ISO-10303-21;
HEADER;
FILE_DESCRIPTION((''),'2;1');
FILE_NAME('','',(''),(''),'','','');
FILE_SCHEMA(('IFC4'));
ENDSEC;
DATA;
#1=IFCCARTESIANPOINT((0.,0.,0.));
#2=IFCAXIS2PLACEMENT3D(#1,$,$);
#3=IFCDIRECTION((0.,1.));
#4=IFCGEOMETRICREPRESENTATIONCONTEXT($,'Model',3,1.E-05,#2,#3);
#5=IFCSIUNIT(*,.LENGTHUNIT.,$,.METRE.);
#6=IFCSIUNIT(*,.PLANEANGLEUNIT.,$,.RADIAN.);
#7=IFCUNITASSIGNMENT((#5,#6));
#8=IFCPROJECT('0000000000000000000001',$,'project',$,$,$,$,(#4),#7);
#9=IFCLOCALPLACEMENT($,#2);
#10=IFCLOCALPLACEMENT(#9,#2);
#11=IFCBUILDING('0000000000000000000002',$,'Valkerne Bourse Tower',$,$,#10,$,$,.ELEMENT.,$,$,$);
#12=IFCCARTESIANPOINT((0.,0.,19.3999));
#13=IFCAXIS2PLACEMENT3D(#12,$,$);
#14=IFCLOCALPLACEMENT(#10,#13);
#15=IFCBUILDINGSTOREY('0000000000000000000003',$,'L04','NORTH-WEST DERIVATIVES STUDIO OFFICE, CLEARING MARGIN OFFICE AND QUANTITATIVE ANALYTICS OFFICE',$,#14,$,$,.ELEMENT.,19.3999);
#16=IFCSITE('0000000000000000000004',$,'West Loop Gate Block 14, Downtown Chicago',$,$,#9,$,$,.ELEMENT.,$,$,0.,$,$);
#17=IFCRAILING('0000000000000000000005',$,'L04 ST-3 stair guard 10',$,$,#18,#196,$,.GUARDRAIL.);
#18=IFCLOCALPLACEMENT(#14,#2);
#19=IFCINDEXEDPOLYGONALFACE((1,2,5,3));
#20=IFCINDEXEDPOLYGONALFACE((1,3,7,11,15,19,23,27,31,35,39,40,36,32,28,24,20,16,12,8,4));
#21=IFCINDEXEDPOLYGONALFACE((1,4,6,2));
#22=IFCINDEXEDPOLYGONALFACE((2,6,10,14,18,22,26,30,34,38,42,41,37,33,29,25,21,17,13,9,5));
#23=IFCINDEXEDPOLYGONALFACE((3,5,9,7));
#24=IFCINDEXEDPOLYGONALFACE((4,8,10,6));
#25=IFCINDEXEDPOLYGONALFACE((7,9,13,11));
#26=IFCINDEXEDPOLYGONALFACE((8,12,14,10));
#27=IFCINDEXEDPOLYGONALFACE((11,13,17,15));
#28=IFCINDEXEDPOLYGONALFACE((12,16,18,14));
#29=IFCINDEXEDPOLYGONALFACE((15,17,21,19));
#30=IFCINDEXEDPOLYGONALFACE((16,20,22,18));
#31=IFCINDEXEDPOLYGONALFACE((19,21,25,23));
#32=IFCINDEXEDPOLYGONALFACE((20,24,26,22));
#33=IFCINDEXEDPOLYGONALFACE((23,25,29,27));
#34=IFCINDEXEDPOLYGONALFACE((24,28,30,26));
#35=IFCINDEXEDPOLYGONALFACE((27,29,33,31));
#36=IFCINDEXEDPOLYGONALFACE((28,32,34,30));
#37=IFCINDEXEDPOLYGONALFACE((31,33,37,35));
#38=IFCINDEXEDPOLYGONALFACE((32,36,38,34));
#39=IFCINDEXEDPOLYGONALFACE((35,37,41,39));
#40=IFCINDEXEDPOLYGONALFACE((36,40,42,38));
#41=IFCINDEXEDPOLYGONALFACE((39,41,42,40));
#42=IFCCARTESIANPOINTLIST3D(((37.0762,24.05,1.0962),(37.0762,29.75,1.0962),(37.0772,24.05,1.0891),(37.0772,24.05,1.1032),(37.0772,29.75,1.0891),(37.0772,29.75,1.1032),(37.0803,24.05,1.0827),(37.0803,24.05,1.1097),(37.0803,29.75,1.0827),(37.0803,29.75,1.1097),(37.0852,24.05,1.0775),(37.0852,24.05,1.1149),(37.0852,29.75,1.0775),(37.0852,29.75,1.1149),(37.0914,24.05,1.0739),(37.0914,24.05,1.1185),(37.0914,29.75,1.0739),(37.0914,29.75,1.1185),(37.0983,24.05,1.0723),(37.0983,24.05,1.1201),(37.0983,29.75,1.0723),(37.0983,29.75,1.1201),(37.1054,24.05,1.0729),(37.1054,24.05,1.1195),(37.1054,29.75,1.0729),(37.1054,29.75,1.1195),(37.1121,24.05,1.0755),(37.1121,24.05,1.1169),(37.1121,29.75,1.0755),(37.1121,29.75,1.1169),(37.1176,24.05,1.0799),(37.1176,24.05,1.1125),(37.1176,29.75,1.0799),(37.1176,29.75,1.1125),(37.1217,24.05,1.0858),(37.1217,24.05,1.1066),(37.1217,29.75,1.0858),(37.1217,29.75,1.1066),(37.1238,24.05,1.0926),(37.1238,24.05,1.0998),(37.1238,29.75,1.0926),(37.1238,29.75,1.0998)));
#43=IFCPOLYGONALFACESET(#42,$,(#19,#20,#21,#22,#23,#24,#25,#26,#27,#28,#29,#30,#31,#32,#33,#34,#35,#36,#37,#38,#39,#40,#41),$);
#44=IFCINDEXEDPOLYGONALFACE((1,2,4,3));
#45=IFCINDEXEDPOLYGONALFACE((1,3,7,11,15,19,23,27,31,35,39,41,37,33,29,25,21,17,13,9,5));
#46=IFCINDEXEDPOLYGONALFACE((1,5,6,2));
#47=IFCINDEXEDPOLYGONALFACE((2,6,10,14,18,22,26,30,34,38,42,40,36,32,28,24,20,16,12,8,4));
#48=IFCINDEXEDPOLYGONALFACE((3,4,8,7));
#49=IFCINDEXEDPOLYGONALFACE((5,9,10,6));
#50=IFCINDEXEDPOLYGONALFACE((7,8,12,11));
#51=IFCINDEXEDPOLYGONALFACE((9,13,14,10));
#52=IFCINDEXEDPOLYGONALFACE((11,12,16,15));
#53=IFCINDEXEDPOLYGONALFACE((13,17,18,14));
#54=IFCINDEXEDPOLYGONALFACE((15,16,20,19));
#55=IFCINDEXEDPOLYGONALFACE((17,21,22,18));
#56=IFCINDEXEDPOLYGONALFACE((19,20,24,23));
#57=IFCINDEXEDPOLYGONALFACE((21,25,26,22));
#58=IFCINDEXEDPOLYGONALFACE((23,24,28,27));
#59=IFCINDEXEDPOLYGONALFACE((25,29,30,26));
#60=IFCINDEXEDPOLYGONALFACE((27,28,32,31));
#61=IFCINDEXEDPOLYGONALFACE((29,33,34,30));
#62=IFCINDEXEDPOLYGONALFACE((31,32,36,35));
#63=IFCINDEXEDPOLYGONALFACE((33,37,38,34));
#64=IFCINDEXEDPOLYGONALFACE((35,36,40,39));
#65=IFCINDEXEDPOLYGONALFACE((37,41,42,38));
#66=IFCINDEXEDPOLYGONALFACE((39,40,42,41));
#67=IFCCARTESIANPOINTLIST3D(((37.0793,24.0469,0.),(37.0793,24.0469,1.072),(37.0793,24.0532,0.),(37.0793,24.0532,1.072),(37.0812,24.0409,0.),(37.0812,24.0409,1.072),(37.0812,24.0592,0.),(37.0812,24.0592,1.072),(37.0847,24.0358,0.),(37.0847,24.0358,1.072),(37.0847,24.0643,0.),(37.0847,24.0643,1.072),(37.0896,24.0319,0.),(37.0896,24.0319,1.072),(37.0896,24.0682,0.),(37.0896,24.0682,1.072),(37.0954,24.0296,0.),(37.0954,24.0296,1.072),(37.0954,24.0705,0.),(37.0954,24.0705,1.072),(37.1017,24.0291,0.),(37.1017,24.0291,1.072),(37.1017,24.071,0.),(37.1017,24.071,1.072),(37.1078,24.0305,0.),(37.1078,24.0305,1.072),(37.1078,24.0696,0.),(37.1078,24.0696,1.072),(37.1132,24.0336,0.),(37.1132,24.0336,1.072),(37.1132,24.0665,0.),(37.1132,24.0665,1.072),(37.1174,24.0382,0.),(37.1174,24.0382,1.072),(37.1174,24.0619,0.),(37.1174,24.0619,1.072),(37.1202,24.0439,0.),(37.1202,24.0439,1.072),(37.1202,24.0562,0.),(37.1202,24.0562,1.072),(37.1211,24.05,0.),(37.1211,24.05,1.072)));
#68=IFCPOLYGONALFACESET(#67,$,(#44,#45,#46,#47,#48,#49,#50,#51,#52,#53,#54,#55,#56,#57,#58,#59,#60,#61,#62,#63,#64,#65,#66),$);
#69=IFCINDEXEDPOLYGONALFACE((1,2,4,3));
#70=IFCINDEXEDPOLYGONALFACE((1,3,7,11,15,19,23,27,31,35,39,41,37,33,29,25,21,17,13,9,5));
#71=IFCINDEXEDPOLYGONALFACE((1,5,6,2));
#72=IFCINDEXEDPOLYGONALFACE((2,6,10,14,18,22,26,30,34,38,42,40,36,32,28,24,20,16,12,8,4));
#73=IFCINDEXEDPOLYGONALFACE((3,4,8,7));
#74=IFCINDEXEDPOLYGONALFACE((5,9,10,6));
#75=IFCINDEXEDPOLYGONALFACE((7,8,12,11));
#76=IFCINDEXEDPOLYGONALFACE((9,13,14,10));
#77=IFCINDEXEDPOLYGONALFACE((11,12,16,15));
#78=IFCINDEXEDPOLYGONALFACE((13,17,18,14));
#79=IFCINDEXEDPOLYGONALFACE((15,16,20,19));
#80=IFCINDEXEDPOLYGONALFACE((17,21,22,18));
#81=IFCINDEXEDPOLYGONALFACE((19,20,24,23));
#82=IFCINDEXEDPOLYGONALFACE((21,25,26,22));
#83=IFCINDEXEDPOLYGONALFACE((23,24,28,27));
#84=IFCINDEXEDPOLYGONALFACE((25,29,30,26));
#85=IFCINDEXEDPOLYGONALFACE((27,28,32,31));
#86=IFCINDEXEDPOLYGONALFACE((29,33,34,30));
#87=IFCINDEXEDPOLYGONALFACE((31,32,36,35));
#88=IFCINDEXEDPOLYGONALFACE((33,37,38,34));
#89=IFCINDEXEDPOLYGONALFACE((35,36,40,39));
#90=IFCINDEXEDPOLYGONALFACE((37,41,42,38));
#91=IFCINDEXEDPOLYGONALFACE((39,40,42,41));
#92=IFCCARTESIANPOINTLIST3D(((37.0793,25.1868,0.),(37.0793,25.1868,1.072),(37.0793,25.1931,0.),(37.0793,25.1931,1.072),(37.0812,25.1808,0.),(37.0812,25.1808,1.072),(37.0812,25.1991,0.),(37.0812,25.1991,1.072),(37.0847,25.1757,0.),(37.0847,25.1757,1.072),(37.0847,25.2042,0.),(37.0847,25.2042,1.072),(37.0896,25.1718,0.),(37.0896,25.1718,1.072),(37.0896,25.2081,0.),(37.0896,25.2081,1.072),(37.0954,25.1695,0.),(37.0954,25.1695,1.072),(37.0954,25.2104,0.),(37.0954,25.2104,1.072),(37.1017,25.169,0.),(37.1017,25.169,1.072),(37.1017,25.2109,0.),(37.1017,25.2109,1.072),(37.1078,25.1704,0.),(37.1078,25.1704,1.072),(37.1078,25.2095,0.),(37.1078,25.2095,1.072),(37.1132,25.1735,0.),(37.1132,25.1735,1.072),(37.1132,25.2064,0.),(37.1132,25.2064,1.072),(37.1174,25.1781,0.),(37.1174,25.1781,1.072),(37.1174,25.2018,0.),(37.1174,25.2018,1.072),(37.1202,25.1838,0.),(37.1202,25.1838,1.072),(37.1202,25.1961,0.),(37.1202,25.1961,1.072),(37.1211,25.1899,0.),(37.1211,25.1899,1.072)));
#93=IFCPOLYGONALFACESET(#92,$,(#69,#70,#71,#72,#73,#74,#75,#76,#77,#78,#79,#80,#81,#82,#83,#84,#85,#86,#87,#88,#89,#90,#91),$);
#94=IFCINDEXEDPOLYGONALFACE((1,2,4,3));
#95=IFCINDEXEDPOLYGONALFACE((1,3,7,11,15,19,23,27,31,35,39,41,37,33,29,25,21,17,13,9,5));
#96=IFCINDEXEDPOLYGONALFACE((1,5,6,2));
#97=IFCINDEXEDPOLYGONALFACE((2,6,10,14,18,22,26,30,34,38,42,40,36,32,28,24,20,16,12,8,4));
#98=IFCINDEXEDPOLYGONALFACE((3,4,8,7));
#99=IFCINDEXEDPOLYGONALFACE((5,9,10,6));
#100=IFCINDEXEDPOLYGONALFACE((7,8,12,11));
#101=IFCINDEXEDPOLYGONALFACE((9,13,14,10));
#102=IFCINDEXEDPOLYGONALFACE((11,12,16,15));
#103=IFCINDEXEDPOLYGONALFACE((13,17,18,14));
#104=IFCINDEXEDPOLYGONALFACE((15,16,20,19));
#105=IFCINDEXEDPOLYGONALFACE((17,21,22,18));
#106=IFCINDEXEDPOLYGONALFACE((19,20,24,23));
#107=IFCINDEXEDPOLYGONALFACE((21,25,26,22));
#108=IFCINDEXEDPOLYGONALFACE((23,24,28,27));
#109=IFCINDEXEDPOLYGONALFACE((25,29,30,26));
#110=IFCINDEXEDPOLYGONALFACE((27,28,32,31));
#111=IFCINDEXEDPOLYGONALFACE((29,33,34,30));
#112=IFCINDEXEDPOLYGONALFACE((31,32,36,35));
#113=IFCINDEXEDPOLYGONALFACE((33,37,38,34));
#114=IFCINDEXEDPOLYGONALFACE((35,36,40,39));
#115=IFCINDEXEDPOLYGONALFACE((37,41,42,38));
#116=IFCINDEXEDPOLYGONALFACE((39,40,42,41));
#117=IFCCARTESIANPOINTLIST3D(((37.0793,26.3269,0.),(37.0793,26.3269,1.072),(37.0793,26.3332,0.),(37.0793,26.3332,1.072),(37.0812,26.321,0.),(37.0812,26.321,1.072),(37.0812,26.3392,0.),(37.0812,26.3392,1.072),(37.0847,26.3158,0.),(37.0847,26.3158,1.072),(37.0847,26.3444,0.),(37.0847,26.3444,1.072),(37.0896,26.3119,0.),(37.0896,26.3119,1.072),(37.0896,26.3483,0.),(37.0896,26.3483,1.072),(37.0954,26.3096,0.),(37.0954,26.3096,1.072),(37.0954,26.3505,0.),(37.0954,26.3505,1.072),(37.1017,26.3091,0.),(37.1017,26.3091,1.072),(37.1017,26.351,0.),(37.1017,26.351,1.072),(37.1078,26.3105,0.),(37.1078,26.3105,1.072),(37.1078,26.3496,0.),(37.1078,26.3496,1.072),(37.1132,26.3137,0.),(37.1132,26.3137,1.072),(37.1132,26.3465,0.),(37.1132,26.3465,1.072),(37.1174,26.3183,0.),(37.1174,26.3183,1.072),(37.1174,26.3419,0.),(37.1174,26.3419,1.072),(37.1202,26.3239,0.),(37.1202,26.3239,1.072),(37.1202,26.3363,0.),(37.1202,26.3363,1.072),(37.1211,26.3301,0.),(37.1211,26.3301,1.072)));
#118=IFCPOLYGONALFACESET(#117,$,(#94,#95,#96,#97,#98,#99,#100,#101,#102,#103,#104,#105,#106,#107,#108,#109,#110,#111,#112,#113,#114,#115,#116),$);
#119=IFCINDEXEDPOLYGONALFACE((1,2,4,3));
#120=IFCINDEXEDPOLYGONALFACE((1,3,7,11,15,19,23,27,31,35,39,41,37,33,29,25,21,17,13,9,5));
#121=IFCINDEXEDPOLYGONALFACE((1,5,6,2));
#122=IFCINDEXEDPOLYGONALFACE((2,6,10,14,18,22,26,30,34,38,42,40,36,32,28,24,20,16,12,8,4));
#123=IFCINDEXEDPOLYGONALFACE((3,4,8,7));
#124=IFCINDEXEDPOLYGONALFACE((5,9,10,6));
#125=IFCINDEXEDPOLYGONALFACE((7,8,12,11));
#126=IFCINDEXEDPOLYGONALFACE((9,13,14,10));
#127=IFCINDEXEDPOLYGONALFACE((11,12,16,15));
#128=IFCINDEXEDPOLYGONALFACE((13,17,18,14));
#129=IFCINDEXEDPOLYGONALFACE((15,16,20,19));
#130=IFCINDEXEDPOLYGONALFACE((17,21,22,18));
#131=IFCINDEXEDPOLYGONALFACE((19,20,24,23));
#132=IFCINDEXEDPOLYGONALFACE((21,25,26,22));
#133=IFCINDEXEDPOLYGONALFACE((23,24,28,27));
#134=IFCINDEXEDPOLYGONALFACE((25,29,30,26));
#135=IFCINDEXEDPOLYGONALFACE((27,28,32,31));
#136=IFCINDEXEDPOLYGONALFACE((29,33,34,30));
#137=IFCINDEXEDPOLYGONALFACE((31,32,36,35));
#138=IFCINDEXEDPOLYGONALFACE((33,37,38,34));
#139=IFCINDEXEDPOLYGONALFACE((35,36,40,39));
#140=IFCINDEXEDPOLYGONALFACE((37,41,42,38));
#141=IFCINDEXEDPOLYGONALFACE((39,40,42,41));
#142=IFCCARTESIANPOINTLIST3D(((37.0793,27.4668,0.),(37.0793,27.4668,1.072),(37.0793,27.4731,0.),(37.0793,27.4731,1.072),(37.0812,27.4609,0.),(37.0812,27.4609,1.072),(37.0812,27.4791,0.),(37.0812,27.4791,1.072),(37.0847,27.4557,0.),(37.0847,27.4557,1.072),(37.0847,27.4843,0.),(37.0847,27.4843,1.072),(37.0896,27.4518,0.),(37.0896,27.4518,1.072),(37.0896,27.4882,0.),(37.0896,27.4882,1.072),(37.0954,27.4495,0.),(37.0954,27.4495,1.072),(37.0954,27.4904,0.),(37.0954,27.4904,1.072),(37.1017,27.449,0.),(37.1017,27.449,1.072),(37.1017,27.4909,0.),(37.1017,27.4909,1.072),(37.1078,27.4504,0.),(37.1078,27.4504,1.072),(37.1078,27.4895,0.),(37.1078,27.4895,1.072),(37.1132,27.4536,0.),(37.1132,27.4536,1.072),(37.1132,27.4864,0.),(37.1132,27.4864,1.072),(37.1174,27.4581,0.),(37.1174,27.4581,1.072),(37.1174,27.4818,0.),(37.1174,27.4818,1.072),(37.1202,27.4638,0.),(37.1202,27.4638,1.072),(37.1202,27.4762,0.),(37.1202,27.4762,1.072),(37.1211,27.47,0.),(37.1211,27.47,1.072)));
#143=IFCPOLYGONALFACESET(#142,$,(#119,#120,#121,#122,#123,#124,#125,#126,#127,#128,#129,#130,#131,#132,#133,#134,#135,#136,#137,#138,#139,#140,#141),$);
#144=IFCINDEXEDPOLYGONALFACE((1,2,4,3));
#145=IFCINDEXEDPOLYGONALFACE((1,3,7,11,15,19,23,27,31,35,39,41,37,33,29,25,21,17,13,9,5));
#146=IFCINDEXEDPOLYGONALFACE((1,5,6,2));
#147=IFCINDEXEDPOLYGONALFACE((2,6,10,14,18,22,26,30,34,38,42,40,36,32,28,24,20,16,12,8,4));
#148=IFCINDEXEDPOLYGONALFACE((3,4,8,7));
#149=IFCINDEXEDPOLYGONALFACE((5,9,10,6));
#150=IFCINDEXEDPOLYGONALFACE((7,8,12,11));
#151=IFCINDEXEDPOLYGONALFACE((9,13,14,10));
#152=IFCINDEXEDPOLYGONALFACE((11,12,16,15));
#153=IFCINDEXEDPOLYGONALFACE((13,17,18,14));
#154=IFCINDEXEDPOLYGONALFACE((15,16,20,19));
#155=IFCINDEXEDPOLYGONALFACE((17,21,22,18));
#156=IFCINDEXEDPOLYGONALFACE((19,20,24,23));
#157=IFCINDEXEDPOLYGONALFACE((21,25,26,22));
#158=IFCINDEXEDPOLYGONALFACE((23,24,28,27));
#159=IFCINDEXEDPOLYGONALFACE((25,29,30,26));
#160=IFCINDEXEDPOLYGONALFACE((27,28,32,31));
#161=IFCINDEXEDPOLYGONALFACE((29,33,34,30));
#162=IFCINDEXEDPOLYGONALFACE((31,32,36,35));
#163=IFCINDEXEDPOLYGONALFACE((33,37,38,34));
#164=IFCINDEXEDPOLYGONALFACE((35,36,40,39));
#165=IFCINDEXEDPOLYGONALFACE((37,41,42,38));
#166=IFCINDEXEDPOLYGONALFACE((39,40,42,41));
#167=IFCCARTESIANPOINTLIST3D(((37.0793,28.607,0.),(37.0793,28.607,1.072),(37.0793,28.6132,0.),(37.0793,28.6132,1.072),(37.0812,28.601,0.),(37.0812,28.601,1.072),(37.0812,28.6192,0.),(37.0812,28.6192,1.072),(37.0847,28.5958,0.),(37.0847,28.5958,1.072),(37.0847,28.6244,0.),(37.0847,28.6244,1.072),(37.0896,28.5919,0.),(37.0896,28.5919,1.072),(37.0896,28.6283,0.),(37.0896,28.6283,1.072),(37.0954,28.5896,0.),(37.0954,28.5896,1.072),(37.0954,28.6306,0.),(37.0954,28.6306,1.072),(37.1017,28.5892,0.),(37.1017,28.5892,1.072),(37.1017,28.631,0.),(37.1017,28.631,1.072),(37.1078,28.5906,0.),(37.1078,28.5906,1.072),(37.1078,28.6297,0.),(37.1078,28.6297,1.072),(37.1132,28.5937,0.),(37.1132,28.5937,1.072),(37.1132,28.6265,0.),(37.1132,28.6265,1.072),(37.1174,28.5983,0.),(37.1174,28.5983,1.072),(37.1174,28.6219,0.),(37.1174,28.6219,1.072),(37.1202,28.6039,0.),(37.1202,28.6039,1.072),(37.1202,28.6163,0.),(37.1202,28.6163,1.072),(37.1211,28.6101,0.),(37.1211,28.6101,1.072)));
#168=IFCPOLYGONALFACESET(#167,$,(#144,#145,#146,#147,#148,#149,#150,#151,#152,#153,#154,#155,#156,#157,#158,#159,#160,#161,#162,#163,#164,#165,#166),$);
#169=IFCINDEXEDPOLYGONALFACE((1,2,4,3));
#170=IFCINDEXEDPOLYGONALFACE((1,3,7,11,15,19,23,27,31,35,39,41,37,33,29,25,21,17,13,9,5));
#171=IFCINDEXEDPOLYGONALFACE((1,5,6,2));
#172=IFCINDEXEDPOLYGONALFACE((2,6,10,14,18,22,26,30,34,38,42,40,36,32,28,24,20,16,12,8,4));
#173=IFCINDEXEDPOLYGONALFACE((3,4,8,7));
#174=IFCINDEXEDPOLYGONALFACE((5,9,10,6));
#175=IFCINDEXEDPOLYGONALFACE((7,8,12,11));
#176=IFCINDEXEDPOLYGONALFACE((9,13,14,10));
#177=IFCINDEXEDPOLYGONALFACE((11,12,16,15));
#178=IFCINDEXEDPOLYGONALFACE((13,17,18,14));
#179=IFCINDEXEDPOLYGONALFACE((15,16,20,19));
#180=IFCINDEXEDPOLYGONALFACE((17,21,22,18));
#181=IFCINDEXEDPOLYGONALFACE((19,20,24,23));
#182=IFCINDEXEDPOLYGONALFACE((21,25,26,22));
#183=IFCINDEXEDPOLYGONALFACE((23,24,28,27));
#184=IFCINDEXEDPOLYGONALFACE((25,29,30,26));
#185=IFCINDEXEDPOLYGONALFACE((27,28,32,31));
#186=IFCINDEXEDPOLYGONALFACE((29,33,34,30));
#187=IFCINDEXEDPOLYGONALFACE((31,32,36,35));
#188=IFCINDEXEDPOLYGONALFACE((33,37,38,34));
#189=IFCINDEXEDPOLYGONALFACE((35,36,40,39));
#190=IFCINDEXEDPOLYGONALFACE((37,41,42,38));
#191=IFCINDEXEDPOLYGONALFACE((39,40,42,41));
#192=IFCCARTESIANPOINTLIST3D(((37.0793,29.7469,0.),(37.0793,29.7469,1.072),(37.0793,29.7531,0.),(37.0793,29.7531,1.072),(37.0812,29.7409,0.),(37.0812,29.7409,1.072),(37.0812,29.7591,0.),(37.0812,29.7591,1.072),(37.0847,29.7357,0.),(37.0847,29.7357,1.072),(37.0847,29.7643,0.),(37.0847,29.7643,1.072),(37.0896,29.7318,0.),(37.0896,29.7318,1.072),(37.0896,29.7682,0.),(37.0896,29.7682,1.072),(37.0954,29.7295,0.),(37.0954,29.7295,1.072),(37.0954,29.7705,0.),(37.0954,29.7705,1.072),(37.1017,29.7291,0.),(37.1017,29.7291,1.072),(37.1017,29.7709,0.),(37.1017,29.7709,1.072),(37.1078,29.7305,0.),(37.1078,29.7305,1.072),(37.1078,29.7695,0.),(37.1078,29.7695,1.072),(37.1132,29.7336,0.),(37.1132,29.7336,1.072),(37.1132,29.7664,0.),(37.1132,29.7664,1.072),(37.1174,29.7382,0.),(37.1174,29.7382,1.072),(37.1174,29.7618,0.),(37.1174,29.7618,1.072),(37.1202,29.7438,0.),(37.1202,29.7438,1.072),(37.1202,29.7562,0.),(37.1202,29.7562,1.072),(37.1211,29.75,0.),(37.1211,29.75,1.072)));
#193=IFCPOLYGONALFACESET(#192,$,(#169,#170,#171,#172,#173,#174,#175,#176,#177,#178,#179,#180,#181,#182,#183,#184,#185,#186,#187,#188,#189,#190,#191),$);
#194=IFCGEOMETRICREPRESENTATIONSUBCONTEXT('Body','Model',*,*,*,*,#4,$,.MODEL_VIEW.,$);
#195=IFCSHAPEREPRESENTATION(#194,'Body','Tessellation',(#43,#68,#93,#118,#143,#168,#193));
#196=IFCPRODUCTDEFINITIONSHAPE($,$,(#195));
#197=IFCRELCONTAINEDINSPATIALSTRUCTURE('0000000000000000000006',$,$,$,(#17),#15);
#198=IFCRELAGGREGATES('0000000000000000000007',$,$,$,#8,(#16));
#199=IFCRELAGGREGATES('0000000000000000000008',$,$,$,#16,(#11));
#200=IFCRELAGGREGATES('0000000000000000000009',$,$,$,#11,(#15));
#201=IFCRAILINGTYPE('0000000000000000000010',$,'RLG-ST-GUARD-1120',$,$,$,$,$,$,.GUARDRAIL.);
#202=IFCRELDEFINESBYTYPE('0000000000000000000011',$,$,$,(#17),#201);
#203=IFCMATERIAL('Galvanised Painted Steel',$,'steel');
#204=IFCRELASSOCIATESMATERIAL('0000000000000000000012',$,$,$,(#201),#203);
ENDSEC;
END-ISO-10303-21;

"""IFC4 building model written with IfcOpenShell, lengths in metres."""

from ifc_helpers import new_model, si_unit, direction, frame, origin, origin_2d, place, context, subcontext, project, spatial, circle, extrude, material, type_object, element, save


model = new_model("IFC4")

# Units and contexts
model_context = context("Model", 3, precision=1e-05, world=origin(), true_north=direction((0.0, 1.0)))
body_context = subcontext(model_context, "Body", "Model", "MODEL_VIEW")
ifc_project = project(units=[si_unit("LENGTHUNIT", "METRE"), si_unit("PLANEANGLEUNIT", "RADIAN")], contexts=[model_context])

# Site, building, storey
site_placement = place(None, origin())
site = spatial("IfcSite", under=ifc_project, at=site_placement, Name="West Loop Gate Block 14, Downtown Chicago", CompositionType="ELEMENT", RefElevation=0.0)
building_placement = place(site_placement, origin())
building = spatial("IfcBuilding", under=site, at=building_placement, Name="Valkerne Bourse Tower", CompositionType="ELEMENT")
storey_placement = place(building_placement, frame((0.0, 0.0, 19.3999)))
storey = spatial("IfcBuildingStorey", under=building, at=storey_placement, Name="L04", Description="NORTH-WEST DERIVATIVES STUDIO OFFICE, CLEARING MARGIN OFFICE AND QUANTITATIVE ANALYTICS OFFICE", CompositionType="ELEMENT", Elevation=19.3999)

# Shared definitions
ifc_material_1 = material(Name="Galvanised Painted Steel", Category="steel")

# Railing
railing_type_1 = type_object("IfcRailingType", Name="RLG-ST-GUARD-1120", PredefinedType="GUARDRAIL", material=ifc_material_1)
for number, where, name in (
    (1, (37.1001, 24.05, 0.0), "L04 ST-3 stair guard 10"),
):
    element("IfcRailing", number, at=place(storey_placement, frame(where)), inside=storey, type_object=railing_type_1, Name=name, PredefinedType="GUARDRAIL", context=body_context, shape_type="SweptSolid", body=[
        extrude(circle(Radius=0.0239, at=origin_2d()), frame((0.0, 0.0, 1.0962), z_axis=(0.0, 1.0, 0.0), x_axis=(-1.0, 0.0, 0.0)), (0.0, 0.0, 1.0), 5.7),
        extrude(circle(Radius=0.021, at=origin_2d()), origin(), (0.0, 0.0, 1.0), 1.072),
        extrude(circle(Radius=0.021, at=origin_2d()), frame((0.0, 1.1399, 0.0)), (0.0, 0.0, 1.0), 1.072),
        extrude(circle(Radius=0.021, at=origin_2d()), frame((0.0, 2.28, 0.0)), (0.0, 0.0, 1.0), 1.072),
        extrude(circle(Radius=0.021, at=origin_2d()), frame((0.0, 3.4199, 0.0)), (0.0, 0.0, 1.0), 1.072),
        extrude(circle(Radius=0.021, at=origin_2d()), frame((0.0, 4.5601, 0.0)), (0.0, 0.0, 1.0), 1.072),
        extrude(circle(Radius=0.021, at=origin_2d()), frame((0.0, 5.7, 0.0)), (0.0, 0.0, 1.0), 1.072),
    ])

save(model, "model.ifc")
